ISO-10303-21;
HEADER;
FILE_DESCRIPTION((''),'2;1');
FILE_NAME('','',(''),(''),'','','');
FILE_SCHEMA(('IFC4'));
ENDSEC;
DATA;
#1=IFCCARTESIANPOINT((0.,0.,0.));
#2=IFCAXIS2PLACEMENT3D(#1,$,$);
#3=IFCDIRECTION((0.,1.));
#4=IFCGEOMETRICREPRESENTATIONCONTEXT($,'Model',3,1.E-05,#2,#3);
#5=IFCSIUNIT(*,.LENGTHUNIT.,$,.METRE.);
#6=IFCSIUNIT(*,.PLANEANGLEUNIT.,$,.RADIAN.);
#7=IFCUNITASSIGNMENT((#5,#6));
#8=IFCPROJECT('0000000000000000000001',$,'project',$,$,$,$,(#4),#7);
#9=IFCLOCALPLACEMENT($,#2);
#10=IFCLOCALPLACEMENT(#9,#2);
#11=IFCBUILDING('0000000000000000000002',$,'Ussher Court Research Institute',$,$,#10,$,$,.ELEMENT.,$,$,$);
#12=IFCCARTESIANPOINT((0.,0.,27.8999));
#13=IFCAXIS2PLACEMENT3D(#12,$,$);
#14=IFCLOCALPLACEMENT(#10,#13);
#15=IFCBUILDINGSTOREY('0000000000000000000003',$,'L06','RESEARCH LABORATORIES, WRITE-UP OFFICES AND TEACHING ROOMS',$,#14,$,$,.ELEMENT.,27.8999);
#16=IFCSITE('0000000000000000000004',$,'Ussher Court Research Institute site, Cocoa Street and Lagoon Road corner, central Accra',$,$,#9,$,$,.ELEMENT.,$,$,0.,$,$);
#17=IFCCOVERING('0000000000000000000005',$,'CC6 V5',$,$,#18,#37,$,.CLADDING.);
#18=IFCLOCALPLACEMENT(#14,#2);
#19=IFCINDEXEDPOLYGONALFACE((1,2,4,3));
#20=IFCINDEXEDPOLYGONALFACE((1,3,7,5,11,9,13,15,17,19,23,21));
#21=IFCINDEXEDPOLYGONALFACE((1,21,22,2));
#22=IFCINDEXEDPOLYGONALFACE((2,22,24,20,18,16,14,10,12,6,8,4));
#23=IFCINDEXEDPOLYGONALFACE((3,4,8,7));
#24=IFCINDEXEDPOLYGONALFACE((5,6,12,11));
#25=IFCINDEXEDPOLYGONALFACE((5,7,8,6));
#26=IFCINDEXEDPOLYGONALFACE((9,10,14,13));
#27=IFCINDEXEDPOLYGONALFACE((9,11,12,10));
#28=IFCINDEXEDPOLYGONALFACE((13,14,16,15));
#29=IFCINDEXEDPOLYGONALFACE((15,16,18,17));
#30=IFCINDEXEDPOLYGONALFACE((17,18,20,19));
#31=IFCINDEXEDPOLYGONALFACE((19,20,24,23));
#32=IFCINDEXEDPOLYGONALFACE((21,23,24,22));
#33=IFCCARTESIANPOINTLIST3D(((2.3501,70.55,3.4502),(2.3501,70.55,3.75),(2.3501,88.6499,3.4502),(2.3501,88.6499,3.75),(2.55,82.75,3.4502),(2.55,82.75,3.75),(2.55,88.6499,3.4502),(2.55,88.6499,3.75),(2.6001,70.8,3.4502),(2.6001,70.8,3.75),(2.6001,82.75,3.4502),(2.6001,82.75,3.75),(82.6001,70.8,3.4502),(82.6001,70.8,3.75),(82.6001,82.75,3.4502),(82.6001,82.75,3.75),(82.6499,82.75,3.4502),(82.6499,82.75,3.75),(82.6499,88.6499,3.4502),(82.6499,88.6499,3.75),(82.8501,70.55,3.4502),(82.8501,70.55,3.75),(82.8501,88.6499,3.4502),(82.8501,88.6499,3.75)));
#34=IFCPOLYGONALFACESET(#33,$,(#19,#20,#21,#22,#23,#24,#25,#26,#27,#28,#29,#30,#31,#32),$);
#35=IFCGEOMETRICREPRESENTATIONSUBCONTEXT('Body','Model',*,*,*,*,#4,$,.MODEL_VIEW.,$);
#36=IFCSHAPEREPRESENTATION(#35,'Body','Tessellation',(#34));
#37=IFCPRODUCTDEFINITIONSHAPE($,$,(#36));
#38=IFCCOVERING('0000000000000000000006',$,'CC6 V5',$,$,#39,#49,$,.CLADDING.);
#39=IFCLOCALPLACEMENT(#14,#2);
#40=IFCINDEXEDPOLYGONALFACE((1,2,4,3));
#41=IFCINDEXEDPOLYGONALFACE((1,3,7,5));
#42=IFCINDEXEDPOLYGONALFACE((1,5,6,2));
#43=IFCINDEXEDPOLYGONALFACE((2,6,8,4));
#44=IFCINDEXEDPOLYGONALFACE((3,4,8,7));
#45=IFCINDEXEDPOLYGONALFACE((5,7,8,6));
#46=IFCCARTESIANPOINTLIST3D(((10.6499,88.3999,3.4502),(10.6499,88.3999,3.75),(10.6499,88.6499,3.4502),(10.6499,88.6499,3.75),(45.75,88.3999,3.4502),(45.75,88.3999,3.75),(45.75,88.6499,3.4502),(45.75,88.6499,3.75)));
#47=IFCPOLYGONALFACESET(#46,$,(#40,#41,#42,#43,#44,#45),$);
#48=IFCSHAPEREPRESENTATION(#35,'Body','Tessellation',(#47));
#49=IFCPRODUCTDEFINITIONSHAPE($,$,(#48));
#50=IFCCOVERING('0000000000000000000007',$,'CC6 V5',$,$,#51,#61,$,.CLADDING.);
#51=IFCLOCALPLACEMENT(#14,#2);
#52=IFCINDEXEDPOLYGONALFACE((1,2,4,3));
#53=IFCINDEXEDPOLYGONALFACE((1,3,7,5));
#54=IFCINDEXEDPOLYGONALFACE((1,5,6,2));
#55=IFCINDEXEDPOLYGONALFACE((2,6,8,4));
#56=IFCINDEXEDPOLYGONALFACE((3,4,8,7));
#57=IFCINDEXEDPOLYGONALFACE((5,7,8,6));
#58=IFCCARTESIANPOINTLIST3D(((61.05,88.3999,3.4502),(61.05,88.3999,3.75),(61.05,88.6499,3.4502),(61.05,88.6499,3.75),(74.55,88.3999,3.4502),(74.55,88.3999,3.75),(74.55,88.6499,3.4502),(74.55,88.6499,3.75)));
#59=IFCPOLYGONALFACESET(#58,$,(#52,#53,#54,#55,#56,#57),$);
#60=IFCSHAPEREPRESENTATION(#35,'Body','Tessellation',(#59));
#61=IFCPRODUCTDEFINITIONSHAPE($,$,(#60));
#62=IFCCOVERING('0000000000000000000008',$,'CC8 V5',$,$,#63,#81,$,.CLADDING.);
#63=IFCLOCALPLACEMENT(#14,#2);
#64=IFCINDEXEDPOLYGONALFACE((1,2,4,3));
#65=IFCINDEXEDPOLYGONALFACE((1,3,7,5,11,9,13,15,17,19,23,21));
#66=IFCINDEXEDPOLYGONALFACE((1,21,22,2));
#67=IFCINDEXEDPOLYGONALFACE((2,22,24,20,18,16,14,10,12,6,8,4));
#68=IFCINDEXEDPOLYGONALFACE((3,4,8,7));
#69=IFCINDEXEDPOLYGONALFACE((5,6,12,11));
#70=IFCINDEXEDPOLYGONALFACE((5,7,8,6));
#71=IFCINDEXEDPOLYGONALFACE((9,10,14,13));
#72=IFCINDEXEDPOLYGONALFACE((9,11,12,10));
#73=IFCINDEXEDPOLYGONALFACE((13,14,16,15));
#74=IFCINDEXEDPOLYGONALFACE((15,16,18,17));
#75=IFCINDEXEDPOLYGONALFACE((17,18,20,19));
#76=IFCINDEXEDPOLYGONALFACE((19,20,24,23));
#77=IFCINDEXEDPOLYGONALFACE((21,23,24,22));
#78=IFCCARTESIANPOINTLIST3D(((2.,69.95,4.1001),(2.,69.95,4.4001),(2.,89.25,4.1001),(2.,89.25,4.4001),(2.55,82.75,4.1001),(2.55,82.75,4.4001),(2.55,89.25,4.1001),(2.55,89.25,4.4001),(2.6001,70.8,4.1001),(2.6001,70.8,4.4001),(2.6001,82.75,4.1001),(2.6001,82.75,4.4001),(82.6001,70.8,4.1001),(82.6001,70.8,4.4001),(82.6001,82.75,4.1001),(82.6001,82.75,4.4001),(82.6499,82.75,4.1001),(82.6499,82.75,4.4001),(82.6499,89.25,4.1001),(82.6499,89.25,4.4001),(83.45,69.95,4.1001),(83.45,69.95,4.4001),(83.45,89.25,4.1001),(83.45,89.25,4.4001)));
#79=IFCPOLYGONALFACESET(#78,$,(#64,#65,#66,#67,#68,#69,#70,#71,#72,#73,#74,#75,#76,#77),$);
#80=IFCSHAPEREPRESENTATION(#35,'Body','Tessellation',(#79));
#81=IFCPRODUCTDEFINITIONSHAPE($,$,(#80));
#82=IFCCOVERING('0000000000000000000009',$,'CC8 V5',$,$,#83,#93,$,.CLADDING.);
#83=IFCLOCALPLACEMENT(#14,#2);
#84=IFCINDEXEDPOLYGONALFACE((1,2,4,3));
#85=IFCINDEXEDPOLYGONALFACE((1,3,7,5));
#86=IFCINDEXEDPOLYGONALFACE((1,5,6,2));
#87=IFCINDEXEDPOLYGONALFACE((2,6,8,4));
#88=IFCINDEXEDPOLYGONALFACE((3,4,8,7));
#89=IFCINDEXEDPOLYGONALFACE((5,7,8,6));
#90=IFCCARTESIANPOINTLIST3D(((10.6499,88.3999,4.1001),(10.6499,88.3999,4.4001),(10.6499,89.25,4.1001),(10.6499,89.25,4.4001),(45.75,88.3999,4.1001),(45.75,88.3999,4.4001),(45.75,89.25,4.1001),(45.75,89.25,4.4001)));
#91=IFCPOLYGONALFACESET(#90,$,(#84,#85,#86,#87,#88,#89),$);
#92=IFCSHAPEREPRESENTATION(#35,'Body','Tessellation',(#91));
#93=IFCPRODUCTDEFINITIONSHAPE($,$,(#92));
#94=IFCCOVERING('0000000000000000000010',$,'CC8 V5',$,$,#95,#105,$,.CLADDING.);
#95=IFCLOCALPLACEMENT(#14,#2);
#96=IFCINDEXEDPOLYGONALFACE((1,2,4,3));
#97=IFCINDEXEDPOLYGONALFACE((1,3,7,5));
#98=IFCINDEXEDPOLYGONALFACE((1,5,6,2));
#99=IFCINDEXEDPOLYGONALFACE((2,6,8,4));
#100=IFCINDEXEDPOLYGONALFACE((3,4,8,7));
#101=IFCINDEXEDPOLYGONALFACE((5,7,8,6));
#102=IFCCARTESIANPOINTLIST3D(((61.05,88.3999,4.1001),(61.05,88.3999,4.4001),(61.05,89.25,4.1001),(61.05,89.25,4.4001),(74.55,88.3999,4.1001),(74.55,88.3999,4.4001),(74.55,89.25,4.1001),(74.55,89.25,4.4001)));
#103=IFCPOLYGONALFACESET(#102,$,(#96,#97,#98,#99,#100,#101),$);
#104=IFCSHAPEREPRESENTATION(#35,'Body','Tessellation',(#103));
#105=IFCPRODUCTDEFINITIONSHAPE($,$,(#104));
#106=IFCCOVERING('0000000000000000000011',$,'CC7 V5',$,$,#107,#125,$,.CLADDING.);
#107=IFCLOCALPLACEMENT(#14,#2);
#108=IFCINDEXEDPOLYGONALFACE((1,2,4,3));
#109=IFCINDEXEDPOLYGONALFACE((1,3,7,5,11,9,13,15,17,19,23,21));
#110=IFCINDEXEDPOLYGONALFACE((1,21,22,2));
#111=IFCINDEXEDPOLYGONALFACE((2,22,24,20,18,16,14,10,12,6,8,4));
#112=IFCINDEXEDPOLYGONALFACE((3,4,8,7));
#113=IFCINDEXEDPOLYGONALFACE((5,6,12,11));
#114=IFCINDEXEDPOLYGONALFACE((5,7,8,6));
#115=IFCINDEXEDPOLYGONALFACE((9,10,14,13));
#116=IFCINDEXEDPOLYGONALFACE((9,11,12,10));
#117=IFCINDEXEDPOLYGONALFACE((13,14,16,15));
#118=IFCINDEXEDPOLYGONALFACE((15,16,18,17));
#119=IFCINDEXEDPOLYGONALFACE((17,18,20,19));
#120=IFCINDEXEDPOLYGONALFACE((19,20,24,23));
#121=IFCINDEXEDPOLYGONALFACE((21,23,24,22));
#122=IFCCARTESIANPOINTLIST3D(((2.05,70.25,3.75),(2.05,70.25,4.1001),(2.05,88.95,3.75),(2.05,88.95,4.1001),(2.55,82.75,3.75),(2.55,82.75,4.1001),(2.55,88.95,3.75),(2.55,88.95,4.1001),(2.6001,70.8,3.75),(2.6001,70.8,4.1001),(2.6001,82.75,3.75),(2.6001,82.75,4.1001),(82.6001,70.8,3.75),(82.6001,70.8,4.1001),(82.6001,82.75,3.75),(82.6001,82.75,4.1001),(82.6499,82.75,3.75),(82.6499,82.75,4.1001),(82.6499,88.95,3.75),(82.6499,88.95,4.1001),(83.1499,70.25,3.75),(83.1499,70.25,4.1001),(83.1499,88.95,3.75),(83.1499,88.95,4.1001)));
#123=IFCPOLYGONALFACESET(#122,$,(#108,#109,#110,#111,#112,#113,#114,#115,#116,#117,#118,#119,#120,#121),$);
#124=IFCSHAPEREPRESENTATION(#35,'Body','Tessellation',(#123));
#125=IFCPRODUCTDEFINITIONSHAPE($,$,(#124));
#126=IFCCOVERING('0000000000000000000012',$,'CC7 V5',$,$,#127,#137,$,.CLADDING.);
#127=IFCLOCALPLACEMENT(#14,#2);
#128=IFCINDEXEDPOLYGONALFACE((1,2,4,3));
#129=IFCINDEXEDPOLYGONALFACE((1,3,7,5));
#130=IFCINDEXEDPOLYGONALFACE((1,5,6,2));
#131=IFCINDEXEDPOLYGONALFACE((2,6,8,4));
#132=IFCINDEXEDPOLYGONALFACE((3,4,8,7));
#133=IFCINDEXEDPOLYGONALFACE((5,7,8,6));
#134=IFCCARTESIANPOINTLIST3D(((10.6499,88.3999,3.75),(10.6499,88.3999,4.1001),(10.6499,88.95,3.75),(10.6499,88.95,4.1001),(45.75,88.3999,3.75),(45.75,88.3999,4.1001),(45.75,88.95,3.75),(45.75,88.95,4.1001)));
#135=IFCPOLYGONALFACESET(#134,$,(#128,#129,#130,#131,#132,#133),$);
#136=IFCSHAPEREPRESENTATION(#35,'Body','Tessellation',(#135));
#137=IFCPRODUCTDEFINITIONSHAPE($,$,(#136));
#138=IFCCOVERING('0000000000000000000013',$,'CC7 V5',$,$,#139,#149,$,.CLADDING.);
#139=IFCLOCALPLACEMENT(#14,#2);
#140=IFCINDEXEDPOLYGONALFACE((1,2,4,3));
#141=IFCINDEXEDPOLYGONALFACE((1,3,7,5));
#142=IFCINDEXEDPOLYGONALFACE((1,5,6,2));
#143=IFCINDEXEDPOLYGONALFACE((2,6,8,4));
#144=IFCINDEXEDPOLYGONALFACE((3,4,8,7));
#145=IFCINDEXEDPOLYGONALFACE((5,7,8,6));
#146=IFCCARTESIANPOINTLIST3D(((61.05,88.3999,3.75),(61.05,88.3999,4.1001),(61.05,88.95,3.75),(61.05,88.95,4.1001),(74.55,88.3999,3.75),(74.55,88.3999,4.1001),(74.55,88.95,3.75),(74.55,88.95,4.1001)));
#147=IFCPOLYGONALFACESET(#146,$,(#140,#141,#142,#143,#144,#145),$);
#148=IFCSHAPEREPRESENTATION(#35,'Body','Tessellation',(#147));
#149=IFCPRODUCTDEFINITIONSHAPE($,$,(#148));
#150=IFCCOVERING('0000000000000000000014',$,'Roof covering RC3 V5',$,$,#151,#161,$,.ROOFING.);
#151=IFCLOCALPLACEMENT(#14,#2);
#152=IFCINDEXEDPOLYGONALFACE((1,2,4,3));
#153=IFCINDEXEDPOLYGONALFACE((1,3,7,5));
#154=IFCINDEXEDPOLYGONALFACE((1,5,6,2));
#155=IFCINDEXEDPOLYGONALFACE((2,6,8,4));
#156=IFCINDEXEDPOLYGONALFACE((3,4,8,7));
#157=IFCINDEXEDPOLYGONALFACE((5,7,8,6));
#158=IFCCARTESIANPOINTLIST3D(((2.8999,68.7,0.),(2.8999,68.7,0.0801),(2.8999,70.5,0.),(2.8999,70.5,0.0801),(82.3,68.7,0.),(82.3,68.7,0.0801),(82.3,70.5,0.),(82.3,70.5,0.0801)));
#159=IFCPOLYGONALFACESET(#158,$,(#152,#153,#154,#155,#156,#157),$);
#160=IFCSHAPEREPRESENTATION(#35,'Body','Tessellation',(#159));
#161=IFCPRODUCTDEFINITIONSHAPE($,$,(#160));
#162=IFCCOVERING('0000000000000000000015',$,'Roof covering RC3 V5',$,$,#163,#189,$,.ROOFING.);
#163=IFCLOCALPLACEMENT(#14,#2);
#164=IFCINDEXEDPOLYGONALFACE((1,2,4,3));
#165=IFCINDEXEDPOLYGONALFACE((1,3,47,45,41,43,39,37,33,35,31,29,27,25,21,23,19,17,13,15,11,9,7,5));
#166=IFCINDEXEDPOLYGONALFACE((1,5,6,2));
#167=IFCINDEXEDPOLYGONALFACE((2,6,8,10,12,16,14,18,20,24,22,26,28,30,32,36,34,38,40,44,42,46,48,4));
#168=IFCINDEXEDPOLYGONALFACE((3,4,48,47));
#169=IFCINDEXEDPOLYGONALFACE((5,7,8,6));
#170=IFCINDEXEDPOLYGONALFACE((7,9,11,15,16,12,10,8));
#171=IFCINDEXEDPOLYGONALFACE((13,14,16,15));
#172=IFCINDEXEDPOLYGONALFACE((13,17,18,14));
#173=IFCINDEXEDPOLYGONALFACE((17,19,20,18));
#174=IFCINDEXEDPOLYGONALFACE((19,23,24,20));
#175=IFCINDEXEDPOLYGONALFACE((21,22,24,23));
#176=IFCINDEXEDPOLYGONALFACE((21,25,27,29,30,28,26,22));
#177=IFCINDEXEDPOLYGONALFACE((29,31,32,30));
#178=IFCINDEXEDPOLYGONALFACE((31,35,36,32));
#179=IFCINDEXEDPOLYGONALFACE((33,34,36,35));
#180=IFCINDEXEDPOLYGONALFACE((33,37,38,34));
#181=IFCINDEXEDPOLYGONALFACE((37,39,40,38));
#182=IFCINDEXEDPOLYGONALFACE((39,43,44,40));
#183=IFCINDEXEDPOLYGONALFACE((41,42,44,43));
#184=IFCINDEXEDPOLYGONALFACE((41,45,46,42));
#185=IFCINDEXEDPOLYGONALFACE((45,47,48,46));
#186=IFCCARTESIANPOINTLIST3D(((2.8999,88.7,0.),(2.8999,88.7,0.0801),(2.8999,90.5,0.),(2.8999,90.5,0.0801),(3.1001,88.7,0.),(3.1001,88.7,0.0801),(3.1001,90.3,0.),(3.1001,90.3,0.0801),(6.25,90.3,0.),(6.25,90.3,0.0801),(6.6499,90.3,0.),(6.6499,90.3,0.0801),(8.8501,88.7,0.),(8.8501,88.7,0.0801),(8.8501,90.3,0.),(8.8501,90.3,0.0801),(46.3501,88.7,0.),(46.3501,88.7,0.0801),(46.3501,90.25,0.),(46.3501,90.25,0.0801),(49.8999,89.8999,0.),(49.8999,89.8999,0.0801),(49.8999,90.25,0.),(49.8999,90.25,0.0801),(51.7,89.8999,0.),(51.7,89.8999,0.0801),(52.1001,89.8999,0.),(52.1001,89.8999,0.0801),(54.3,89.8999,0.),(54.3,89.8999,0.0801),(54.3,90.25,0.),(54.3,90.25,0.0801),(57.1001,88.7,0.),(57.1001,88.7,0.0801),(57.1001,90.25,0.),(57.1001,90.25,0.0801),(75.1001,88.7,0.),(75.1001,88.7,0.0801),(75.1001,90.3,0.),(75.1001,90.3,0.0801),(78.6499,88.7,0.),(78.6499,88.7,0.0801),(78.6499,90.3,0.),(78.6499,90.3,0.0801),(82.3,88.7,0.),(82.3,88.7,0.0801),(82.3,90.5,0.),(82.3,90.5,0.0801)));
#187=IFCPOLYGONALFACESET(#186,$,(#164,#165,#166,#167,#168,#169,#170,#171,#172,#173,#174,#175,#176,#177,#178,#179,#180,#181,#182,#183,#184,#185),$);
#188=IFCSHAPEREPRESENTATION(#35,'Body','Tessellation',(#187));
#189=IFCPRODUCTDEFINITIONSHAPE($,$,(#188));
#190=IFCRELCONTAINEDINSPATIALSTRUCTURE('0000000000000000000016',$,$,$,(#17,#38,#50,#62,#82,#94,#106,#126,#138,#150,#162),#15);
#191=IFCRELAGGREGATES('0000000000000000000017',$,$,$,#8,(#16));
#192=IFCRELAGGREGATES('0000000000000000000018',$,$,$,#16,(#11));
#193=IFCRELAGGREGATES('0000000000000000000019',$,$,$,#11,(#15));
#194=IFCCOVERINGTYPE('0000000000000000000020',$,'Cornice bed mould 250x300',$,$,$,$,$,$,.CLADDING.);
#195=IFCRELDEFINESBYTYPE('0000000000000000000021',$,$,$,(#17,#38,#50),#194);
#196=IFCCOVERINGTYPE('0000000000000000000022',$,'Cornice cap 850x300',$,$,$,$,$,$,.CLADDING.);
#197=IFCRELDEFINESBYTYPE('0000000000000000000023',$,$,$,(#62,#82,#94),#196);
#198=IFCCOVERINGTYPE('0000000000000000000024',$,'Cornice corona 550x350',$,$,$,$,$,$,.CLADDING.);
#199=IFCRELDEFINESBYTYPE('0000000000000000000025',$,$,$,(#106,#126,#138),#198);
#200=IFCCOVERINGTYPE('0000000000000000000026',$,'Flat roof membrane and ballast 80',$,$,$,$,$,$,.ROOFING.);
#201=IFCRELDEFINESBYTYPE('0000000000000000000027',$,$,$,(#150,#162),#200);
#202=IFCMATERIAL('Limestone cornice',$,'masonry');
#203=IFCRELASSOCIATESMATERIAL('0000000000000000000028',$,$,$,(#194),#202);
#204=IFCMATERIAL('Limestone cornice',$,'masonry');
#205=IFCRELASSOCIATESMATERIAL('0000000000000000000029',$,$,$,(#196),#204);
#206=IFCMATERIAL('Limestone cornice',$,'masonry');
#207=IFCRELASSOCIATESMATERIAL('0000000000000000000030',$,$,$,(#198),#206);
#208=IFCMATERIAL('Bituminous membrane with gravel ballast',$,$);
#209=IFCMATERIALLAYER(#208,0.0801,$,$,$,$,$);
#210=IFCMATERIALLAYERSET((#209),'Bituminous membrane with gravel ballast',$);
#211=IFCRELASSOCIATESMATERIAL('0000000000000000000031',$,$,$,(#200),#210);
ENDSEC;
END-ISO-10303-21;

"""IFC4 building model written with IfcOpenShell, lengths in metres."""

from ifc_helpers import new_model, si_unit, direction, frame, origin, place, context, subcontext, project, spatial, polyline, outline, extrude, material, layer, layer_set, type_object, element, save


model = new_model("IFC4")

# Units and contexts
model_context = context("Model", 3, precision=1e-05, world=origin(), true_north=direction((0.0, 1.0)))
body_context = subcontext(model_context, "Body", "Model", "MODEL_VIEW")
ifc_project = project(units=[si_unit("LENGTHUNIT", "METRE"), si_unit("PLANEANGLEUNIT", "RADIAN")], contexts=[model_context])

# Site, building, storey
site_placement = place(None, origin())
site = spatial("IfcSite", under=ifc_project, at=site_placement, Name="Ussher Court Research Institute site, Cocoa Street and Lagoon Road corner, central Accra", CompositionType="ELEMENT", RefElevation=0.0)
building_placement = place(site_placement, origin())
building = spatial("IfcBuilding", under=site, at=building_placement, Name="Ussher Court Research Institute", CompositionType="ELEMENT")
storey_placement = place(building_placement, frame((0.0, 0.0, 27.8999)))
storey = spatial("IfcBuildingStorey", under=building, at=storey_placement, Name="L06", Description="RESEARCH LABORATORIES, WRITE-UP OFFICES AND TEACHING ROOMS", CompositionType="ELEMENT", Elevation=27.8999)

# Coverings
ifc_material_1 = material(Name="Limestone cornice", Category="masonry")
covering_type_1 = type_object("IfcCoveringType", Name="Cornice bed mould 250x300", PredefinedType="CLADDING", material=ifc_material_1)
covering_1_placement = place(storey_placement, frame((0.0, 0.0, 3.4502)))
element("IfcCovering", 1, at=covering_1_placement, inside=storey, type_object=covering_type_1, Name="CC6 V5", PredefinedType="CLADDING", context=body_context, shape_type="SweptSolid", body=[
    extrude(outline(polyline([(2.55, 88.6499), (2.3501, 88.6499), (2.3501, 70.55), (82.8501, 70.55), (82.8501, 88.6499), (82.6499, 88.6499), (82.6499, 82.75), (82.6001, 82.75), (82.6001, 70.8), (2.6001, 70.8), (2.6001, 82.75), (2.55, 82.75), (2.55, 88.6499)])), origin(), (0.0, 0.0, 1.0), 0.2998),
])
covering_2_placement = place(storey_placement, frame((0.0, 0.0, 3.4502)))
element("IfcCovering", 2, at=covering_2_placement, inside=storey, type_object=covering_type_1, Name="CC6 V5", PredefinedType="CLADDING", context=body_context, shape_type="SweptSolid", body=[
    extrude(outline(polyline([(45.75, 88.3999), (45.75, 88.6499), (10.6499, 88.6499), (10.6499, 88.3999), (45.75, 88.3999)])), origin(), (0.0, 0.0, 1.0), 0.2998),
])
covering_3_placement = place(storey_placement, frame((0.0, 0.0, 3.4502)))
element("IfcCovering", 3, at=covering_3_placement, inside=storey, type_object=covering_type_1, Name="CC6 V5", PredefinedType="CLADDING", context=body_context, shape_type="SweptSolid", body=[
    extrude(outline(polyline([(74.55, 88.3999), (74.55, 88.6499), (61.05, 88.6499), (61.05, 88.3999), (74.55, 88.3999)])), origin(), (0.0, 0.0, 1.0), 0.2998),
])
ifc_material_2 = material(Name="Limestone cornice", Category="masonry")
covering_type_2 = type_object("IfcCoveringType", Name="Cornice cap 850x300", PredefinedType="CLADDING", material=ifc_material_2)
covering_4_placement = place(storey_placement, frame((0.0, 0.0, 4.1001)))
element("IfcCovering", 4, at=covering_4_placement, inside=storey, type_object=covering_type_2, Name="CC8 V5", PredefinedType="CLADDING", context=body_context, shape_type="SweptSolid", body=[
    extrude(outline(polyline([(2.55, 89.25), (2.0, 89.25), (2.0, 69.95), (83.45, 69.95), (83.45, 89.25), (82.6499, 89.25), (82.6499, 82.75), (82.6001, 82.75), (82.6001, 70.8), (2.6001, 70.8), (2.6001, 82.75), (2.55, 82.75), (2.55, 89.25)])), origin(), (0.0, 0.0, 1.0), 0.3),
])
covering_5_placement = place(storey_placement, frame((0.0, 0.0, 4.1001)))
element("IfcCovering", 5, at=covering_5_placement, inside=storey, type_object=covering_type_2, Name="CC8 V5", PredefinedType="CLADDING", context=body_context, shape_type="SweptSolid", body=[
    extrude(outline(polyline([(45.75, 88.3999), (45.75, 89.25), (10.6499, 89.25), (10.6499, 88.3999), (45.75, 88.3999)])), origin(), (0.0, 0.0, 1.0), 0.3),
])
covering_6_placement = place(storey_placement, frame((0.0, 0.0, 4.1001)))
element("IfcCovering", 6, at=covering_6_placement, inside=storey, type_object=covering_type_2, Name="CC8 V5", PredefinedType="CLADDING", context=body_context, shape_type="SweptSolid", body=[
    extrude(outline(polyline([(74.55, 88.3999), (74.55, 89.25), (61.05, 89.25), (61.05, 88.3999), (74.55, 88.3999)])), origin(), (0.0, 0.0, 1.0), 0.3),
])
ifc_material_3 = material(Name="Limestone cornice", Category="masonry")
covering_type_3 = type_object("IfcCoveringType", Name="Cornice corona 550x350", PredefinedType="CLADDING", material=ifc_material_3)
covering_7_placement = place(storey_placement, frame((0.0, 0.0, 3.75)))
element("IfcCovering", 7, at=covering_7_placement, inside=storey, type_object=covering_type_3, Name="CC7 V5", PredefinedType="CLADDING", context=body_context, shape_type="SweptSolid", body=[
    extrude(outline(polyline([(2.55, 88.95), (2.05, 88.95), (2.05, 70.25), (83.1499, 70.25), (83.1499, 88.95), (82.6499, 88.95), (82.6499, 82.75), (82.6001, 82.75), (82.6001, 70.8), (2.6001, 70.8), (2.6001, 82.75), (2.55, 82.75), (2.55, 88.95)])), origin(), (0.0, 0.0, 1.0), 0.3501),
])
covering_8_placement = place(storey_placement, frame((0.0, 0.0, 3.75)))
element("IfcCovering", 8, at=covering_8_placement, inside=storey, type_object=covering_type_3, Name="CC7 V5", PredefinedType="CLADDING", context=body_context, shape_type="SweptSolid", body=[
    extrude(outline(polyline([(45.75, 88.3999), (45.75, 88.95), (10.6499, 88.95), (10.6499, 88.3999), (45.75, 88.3999)])), origin(), (0.0, 0.0, 1.0), 0.3501),
])
covering_9_placement = place(storey_placement, frame((0.0, 0.0, 3.75)))
element("IfcCovering", 9, at=covering_9_placement, inside=storey, type_object=covering_type_3, Name="CC7 V5", PredefinedType="CLADDING", context=body_context, shape_type="SweptSolid", body=[
    extrude(outline(polyline([(74.55, 88.3999), (74.55, 88.95), (61.05, 88.95), (61.05, 88.3999), (74.55, 88.3999)])), origin(), (0.0, 0.0, 1.0), 0.3501),
])
ifc_material_4 = material(Name="Bituminous membrane with gravel ballast")
ifc_layer_1 = layer(ifc_material_4, 0.0801)
ifc_layer_set_1 = layer_set([ifc_layer_1], Name="Bituminous membrane with gravel ballast")
covering_type_4 = type_object("IfcCoveringType", Name="Flat roof membrane and ballast 80", PredefinedType="ROOFING", material=ifc_layer_set_1)
covering_10_placement = place(storey_placement, origin())
element("IfcCovering", 10, at=covering_10_placement, inside=storey, type_object=covering_type_4, Name="Roof covering RC3 V5", PredefinedType="ROOFING", context=body_context, shape_type="SweptSolid", body=[
    extrude(outline(polyline([(2.8999, 68.7), (2.8999, 70.5), (82.3, 70.5), (82.3, 68.7), (2.8999, 68.7)])), origin(), (0.0, 0.0, 1.0), 0.0801),
])
covering_11_placement = place(storey_placement, origin())
element("IfcCovering", 11, at=covering_11_placement, inside=storey, type_object=covering_type_4, Name="Roof covering RC3 V5", PredefinedType="ROOFING", context=body_context, shape_type="SweptSolid", body=[
    extrude(outline(polyline([(6.25, 90.3), (3.1001, 90.3), (3.1001, 88.7), (2.8999, 88.7), (2.8999, 90.5), (82.3, 90.5), (82.3, 88.7), (78.6499, 88.7), (78.6499, 90.3), (75.1001, 90.3), (75.1001, 88.7), (57.1001, 88.7), (57.1001, 90.25), (54.3, 90.25), (54.3, 88.7), (54.3, 89.8999), (52.1001, 89.8999), (51.7, 89.8999), (49.8999, 89.8999), (49.8999, 90.25), (46.3501, 90.25), (46.3501, 88.7), (8.8501, 88.7), (8.8501, 90.3), (6.6499, 90.3), (6.25, 90.3)])), origin(), (0.0, 0.0, 1.0), 0.0801),
])

save(model, "model.ifc")
